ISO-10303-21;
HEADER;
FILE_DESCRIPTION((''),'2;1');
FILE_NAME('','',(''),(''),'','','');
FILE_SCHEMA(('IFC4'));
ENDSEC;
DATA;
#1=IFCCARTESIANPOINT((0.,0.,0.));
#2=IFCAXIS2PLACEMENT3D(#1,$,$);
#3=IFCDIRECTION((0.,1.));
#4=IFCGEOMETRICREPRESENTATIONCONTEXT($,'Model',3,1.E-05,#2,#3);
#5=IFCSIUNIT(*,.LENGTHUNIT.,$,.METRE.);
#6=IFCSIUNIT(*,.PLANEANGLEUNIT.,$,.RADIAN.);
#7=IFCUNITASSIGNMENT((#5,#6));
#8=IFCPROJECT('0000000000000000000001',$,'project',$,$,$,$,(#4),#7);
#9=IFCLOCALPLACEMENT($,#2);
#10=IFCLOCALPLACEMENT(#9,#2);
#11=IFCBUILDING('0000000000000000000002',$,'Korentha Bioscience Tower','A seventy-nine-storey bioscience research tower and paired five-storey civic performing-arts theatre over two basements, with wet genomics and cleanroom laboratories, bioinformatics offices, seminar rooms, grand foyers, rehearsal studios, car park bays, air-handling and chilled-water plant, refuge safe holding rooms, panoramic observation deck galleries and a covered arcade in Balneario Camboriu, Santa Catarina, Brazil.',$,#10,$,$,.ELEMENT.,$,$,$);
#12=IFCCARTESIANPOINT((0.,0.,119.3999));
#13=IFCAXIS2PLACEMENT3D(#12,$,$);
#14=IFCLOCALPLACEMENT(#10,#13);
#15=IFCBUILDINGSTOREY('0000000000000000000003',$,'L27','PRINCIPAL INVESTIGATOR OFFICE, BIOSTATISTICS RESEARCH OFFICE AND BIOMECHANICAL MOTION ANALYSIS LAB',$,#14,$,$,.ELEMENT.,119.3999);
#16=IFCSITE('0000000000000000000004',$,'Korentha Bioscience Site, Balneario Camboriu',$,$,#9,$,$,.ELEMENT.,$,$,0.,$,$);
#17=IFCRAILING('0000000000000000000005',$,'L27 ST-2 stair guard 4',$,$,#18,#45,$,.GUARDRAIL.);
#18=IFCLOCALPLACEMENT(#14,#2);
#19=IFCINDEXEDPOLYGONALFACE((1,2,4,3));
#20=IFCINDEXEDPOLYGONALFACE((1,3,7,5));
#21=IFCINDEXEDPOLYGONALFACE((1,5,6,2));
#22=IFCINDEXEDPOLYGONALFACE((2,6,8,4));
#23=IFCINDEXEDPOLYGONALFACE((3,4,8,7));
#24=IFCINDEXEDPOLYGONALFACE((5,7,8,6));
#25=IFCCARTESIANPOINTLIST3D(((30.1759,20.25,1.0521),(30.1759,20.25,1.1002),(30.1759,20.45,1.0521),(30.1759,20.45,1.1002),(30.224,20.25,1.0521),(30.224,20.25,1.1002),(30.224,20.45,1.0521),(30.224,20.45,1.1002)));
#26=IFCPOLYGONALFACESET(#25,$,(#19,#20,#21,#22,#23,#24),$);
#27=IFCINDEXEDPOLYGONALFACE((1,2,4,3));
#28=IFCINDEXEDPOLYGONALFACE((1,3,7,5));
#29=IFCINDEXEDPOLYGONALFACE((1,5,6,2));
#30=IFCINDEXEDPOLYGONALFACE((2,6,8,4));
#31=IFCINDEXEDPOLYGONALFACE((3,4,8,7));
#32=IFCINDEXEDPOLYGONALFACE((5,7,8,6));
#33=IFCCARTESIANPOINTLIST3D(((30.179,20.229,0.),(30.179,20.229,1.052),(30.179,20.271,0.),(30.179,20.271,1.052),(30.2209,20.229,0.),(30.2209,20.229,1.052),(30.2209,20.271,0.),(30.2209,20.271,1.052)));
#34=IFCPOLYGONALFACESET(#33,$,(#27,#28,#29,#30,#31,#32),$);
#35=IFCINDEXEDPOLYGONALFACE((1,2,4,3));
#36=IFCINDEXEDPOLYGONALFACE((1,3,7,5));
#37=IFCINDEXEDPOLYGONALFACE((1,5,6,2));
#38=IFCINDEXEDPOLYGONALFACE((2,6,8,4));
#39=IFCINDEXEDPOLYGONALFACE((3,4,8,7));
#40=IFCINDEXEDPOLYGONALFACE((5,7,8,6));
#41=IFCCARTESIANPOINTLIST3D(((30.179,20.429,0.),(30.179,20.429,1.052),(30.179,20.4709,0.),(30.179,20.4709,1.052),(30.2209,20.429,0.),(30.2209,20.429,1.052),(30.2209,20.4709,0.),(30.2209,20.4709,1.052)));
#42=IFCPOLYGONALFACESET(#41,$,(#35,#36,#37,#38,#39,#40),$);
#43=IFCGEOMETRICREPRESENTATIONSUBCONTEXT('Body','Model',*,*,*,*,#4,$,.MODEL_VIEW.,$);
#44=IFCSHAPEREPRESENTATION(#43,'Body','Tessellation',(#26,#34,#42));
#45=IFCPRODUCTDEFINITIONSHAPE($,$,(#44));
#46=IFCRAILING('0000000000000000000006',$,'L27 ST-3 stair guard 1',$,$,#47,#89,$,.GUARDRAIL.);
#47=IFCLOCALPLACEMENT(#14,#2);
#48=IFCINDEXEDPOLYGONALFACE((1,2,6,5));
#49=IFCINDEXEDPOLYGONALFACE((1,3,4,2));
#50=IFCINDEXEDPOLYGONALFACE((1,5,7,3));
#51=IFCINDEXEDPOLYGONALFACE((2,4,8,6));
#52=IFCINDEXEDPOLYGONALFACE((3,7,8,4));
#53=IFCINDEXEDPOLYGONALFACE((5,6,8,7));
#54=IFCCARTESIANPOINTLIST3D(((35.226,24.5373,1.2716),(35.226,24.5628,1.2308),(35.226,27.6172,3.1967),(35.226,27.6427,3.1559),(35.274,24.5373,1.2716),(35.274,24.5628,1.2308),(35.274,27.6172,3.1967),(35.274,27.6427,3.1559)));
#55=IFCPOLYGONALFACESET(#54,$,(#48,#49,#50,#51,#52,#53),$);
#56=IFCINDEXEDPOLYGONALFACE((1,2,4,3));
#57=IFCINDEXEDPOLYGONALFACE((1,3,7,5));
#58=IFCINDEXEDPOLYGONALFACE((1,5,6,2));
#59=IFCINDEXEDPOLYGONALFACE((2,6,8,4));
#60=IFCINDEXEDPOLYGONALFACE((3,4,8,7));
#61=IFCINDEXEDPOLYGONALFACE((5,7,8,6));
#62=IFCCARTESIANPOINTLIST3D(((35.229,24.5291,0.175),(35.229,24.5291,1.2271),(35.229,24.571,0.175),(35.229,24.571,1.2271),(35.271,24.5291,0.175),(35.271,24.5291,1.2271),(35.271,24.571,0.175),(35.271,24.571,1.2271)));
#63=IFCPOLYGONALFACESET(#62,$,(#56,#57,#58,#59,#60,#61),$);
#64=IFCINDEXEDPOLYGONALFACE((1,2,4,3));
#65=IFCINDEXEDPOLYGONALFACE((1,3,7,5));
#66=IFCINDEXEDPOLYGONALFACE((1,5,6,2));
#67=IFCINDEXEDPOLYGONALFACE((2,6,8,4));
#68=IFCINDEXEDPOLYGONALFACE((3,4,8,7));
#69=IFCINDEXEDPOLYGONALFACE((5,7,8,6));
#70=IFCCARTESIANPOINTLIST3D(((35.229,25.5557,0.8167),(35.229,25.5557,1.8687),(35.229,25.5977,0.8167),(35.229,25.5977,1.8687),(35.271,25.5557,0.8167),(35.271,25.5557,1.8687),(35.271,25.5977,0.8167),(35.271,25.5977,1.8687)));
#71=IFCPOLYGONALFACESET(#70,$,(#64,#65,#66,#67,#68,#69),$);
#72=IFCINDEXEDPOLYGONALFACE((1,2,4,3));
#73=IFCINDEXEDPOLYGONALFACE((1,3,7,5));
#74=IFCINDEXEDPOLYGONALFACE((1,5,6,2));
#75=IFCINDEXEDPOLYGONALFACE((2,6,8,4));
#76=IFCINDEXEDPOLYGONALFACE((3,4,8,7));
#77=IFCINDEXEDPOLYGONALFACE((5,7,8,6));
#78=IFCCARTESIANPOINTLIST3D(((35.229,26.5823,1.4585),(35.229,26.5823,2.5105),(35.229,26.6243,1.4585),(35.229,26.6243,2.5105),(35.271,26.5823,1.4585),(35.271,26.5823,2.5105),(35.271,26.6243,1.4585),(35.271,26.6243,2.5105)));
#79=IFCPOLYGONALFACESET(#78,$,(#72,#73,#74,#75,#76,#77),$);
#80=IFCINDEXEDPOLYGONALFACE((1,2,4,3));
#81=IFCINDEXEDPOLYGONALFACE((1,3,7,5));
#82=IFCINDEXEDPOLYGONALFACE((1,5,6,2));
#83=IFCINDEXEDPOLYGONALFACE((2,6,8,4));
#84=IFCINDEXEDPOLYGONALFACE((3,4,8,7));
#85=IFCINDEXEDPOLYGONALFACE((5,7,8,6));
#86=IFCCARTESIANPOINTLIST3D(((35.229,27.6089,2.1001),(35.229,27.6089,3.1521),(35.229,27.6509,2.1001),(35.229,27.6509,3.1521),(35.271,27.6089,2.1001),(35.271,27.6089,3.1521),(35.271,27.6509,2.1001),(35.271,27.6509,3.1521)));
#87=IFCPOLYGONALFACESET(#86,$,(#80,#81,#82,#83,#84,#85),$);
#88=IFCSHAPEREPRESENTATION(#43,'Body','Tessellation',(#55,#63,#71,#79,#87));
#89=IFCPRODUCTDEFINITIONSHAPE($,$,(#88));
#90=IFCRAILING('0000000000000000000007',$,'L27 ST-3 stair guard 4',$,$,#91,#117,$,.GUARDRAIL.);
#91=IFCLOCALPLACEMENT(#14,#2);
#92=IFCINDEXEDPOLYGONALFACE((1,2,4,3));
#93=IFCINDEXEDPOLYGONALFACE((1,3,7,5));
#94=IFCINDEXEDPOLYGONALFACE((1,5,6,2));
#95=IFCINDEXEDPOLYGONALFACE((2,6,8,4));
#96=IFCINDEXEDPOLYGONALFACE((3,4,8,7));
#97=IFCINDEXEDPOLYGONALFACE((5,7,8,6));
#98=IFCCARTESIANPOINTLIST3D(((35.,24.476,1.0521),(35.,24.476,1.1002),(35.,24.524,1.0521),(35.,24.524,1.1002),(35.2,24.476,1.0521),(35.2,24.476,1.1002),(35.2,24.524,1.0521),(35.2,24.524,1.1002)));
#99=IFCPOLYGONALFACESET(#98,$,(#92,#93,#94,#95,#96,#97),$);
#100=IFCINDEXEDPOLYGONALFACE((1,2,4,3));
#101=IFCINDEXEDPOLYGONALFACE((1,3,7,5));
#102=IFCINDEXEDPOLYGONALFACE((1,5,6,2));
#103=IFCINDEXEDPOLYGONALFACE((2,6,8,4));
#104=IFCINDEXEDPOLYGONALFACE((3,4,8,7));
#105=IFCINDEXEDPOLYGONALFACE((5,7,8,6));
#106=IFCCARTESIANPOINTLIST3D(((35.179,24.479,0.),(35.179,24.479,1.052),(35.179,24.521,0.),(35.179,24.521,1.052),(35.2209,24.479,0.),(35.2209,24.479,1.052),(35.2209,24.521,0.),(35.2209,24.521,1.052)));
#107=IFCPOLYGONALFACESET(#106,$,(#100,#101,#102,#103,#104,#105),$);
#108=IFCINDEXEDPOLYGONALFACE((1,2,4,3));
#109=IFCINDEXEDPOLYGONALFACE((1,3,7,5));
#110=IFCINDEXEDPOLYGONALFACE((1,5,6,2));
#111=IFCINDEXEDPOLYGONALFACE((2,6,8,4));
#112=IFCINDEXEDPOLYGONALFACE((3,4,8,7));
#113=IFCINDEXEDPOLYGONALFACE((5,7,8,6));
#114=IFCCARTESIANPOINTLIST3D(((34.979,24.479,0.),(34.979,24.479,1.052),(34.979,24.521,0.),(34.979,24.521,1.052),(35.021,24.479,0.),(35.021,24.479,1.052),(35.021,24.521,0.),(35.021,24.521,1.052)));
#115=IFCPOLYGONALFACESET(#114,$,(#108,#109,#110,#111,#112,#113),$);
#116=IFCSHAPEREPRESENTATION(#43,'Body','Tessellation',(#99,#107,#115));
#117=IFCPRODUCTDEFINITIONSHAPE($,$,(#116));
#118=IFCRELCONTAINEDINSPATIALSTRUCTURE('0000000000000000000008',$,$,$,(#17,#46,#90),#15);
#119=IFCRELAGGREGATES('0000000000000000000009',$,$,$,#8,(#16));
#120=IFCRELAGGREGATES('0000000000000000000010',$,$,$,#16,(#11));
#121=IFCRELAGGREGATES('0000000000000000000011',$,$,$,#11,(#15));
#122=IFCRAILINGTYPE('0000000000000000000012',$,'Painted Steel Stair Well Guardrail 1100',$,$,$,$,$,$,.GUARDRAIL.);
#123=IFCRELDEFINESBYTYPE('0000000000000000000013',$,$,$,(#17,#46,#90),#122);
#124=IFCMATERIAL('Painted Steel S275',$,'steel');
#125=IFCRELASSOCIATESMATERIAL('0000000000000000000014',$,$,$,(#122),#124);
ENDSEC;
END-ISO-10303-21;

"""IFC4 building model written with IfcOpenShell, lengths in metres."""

from ifc_helpers import new_model, si_unit, direction, frame, origin, origin_2d, place, context, subcontext, project, spatial, rectangle, extrude, material, type_object, element, save


model = new_model("IFC4")

# Units and contexts
model_context = context("Model", 3, precision=1e-05, world=origin(), true_north=direction((0.0, 1.0)))
body_context = subcontext(model_context, "Body", "Model", "MODEL_VIEW")
ifc_project = project(units=[si_unit("LENGTHUNIT", "METRE"), si_unit("PLANEANGLEUNIT", "RADIAN")], contexts=[model_context])

# Site, building, storey
site_placement = place(None, origin())
site = spatial("IfcSite", under=ifc_project, at=site_placement, Name="Korentha Bioscience Site, Balneario Camboriu", CompositionType="ELEMENT", RefElevation=0.0)
building_placement = place(site_placement, origin())
building = spatial("IfcBuilding", under=site, at=building_placement, Name="Korentha Bioscience Tower", Description="A seventy-nine-storey bioscience research tower and paired five-storey civic performing-arts theatre over two basements, with wet genomics and cleanroom laboratories, bioinformatics offices, seminar rooms, grand foyers, rehearsal studios, car park bays, air-handling and chilled-water plant, refuge safe holding rooms, panoramic observation deck galleries and a covered arcade in Balneario Camboriu, Santa Catarina, Brazil.", CompositionType="ELEMENT")
storey_placement = place(building_placement, frame((0.0, 0.0, 119.3999)))
storey = spatial("IfcBuildingStorey", under=building, at=storey_placement, Name="L27", Description="PRINCIPAL INVESTIGATOR OFFICE, BIOSTATISTICS RESEARCH OFFICE AND BIOMECHANICAL MOTION ANALYSIS LAB", CompositionType="ELEMENT", Elevation=119.3999)

# Railings
ifc_material_1 = material(Name="Painted Steel S275", Category="steel")
railing_type_1 = type_object("IfcRailingType", Name="Painted Steel Stair Well Guardrail 1100", PredefinedType="GUARDRAIL", material=ifc_material_1)
railing_1_placement = place(storey_placement, frame((30.2, 20.25, 0.0)))
element("IfcRailing", 1, at=railing_1_placement, inside=storey, type_object=railing_type_1, Name="L27 ST-2 stair guard 4", PredefinedType="GUARDRAIL", context=body_context, shape_type="SweptSolid", body=[
    extrude(rectangle(XDim=0.0481, YDim=0.0481, at=origin_2d()), frame((0.0, 0.0, 1.0762), z_axis=(0.0, 1.0, 0.0), x_axis=(-1.0, 0.0, 0.0)), (0.0, 0.0, 1.0), 0.2),
    extrude(rectangle(XDim=0.042, YDim=0.042, at=origin_2d()), origin(), (0.0, 0.0, 1.0), 1.052),
    extrude(rectangle(XDim=0.042, YDim=0.042, at=origin_2d()), frame((0.0, 0.2, 0.0)), (0.0, 0.0, 1.0), 1.052),
])
railing_2_placement = place(storey_placement, frame((35.25, 24.55, 0.175)))
element("IfcRailing", 2, at=railing_2_placement, inside=storey, type_object=railing_type_1, Name="L27 ST-3 stair guard 1", PredefinedType="GUARDRAIL", context=body_context, shape_type="SweptSolid", body=[
    extrude(rectangle(XDim=0.0481, YDim=0.0481, at=origin_2d()), frame((0.0, 0.0, 1.0762), z_axis=(0.0, 0.847979, 0.530029), x_axis=(-1.0, 0.0, 0.0)), (0.0, 0.0, 1.0), 3.6321),
    extrude(rectangle(XDim=0.042, YDim=0.042, at=origin_2d()), origin(), (0.0, 0.0, 1.0), 1.052),
    extrude(rectangle(XDim=0.042, YDim=0.042, at=origin_2d()), frame((0.0, 1.0266, 0.6416)), (0.0, 0.0, 1.0), 1.052),
    extrude(rectangle(XDim=0.042, YDim=0.042, at=origin_2d()), frame((0.0, 2.0532, 1.2834)), (0.0, 0.0, 1.0), 1.052),
    extrude(rectangle(XDim=0.042, YDim=0.042, at=origin_2d()), frame((0.0, 3.0798, 1.925)), (0.0, 0.0, 1.0), 1.052),
])
railing_3_placement = place(storey_placement, frame((35.2, 24.5, 0.0)))
element("IfcRailing", 3, at=railing_3_placement, inside=storey, type_object=railing_type_1, Name="L27 ST-3 stair guard 4", PredefinedType="GUARDRAIL", context=body_context, shape_type="SweptSolid", body=[
    extrude(rectangle(XDim=0.0481, YDim=0.0481, at=origin_2d()), frame((0.0, 0.0, 1.0762), z_axis=(-1.0, 0.0, 0.0), x_axis=(0.0, -1.0, 0.0)), (0.0, 0.0, 1.0), 0.2),
    extrude(rectangle(XDim=0.042, YDim=0.042, at=origin_2d()), origin(), (0.0, 0.0, 1.0), 1.052),
    extrude(rectangle(XDim=0.042, YDim=0.042, at=origin_2d()), frame((-0.2, 0.0, 0.0)), (0.0, 0.0, 1.0), 1.052),
])

save(model, "model.ifc")
